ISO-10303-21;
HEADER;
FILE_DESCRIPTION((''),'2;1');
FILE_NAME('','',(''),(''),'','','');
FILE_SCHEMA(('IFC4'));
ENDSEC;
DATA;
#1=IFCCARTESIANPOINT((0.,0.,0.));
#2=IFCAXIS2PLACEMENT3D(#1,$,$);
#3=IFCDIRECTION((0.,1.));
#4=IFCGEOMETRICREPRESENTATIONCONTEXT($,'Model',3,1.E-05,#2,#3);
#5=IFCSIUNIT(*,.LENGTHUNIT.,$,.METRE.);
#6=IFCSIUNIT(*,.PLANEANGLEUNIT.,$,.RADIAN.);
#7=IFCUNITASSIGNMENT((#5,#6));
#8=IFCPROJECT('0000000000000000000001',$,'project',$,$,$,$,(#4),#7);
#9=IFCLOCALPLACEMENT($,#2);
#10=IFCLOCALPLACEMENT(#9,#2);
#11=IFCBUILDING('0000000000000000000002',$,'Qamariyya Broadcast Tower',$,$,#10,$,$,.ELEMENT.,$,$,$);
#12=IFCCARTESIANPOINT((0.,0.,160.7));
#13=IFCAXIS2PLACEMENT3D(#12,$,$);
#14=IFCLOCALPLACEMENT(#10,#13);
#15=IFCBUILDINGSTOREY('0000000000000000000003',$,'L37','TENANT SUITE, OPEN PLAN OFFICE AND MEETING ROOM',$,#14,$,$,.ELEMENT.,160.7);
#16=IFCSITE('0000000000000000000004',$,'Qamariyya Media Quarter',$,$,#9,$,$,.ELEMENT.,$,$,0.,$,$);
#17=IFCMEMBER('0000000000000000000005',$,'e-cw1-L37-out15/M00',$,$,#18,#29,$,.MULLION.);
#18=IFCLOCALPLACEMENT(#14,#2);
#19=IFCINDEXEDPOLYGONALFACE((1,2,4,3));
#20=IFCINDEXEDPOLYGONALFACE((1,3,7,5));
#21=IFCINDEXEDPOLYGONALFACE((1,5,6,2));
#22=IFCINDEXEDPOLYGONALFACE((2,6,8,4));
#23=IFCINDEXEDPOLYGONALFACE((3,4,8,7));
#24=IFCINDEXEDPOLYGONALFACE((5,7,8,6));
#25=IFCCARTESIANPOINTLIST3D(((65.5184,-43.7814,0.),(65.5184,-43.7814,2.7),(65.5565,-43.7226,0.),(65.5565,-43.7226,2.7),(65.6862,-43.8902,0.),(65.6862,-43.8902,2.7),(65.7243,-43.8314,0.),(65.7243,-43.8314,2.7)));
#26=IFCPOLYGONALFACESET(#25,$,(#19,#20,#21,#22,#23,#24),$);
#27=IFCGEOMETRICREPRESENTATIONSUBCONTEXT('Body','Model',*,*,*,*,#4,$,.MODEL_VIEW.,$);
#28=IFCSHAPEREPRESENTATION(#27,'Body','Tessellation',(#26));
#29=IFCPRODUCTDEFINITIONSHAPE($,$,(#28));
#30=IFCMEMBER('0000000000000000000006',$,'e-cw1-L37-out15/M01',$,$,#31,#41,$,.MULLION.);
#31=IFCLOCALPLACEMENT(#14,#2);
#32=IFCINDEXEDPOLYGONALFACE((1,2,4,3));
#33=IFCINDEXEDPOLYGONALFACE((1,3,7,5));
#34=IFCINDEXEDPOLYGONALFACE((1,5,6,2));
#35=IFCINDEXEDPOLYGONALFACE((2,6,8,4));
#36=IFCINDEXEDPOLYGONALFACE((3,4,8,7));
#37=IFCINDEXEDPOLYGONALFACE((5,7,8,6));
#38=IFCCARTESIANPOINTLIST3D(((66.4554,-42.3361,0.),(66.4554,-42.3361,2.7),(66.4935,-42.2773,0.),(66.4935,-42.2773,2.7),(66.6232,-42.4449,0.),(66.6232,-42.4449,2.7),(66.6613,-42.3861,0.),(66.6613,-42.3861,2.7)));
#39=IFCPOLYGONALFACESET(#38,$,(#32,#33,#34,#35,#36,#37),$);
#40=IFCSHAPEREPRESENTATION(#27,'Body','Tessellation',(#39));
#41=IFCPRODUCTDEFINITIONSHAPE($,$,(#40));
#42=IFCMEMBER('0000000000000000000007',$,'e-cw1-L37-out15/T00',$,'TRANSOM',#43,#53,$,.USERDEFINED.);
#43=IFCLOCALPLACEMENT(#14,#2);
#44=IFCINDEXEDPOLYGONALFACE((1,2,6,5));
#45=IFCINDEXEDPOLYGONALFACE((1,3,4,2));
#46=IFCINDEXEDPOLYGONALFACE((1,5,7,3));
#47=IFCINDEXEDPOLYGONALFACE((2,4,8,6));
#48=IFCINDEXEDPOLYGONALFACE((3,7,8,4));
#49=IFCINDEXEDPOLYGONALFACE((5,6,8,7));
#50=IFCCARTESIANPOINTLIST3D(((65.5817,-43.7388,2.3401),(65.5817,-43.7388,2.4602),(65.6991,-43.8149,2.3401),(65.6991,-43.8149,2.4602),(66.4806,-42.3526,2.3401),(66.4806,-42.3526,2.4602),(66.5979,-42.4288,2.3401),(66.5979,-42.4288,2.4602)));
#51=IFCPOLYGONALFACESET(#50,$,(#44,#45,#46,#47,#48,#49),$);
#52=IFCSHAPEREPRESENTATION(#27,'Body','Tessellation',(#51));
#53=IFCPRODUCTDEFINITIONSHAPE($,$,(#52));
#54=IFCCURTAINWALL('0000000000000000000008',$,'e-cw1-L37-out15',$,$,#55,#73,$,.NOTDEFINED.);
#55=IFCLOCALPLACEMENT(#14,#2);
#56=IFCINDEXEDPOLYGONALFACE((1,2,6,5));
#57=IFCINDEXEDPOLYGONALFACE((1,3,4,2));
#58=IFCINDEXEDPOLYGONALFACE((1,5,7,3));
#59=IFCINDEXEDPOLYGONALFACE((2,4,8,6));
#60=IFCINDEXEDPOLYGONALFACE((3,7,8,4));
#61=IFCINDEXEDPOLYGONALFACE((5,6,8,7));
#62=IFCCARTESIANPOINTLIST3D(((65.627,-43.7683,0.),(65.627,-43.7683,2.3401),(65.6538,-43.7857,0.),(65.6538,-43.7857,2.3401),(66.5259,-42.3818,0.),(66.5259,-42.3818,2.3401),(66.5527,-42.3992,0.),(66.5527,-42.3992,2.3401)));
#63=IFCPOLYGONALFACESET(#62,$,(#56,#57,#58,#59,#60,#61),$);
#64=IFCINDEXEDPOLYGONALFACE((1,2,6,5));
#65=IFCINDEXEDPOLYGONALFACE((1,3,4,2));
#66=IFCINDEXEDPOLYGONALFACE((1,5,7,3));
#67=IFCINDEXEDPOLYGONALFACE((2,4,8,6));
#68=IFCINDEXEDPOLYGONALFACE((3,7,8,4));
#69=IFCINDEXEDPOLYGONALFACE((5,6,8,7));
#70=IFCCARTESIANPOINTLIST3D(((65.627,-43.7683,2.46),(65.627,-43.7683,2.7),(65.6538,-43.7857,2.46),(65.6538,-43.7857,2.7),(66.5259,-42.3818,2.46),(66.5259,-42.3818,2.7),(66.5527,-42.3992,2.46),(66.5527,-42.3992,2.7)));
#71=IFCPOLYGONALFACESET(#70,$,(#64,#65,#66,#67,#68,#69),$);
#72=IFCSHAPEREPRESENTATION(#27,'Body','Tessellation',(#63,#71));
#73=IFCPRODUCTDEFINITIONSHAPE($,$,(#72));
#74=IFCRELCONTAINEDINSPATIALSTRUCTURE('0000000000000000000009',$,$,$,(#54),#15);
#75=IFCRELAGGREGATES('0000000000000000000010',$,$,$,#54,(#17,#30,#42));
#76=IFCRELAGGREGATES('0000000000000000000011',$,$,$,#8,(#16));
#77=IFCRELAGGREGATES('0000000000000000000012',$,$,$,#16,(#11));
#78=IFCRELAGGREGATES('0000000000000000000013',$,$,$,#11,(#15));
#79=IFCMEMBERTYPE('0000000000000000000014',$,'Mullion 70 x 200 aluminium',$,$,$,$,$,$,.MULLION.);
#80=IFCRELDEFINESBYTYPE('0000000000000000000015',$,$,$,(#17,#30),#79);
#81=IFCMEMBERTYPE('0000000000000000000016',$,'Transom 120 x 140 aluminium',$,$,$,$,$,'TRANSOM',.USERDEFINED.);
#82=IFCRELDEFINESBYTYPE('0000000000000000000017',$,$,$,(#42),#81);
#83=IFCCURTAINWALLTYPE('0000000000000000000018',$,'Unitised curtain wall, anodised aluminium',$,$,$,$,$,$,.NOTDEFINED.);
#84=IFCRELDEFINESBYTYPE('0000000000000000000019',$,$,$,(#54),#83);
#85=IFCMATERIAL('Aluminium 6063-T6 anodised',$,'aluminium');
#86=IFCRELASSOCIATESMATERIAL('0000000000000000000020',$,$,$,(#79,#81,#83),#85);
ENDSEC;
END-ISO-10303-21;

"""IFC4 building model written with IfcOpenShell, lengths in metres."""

from ifc_helpers import new_model, si_unit, direction, frame, origin, origin_2d, place, context, subcontext, project, spatial, rectangle, extrude, material, material_profile, profile_set, type_object, element, aggregate, save


model = new_model("IFC4")

# Units and contexts
model_context = context("Model", 3, precision=1e-05, world=origin(), true_north=direction((0.0, 1.0)))
body_context = subcontext(model_context, "Body", "Model", "MODEL_VIEW")
ifc_project = project(units=[si_unit("LENGTHUNIT", "METRE"), si_unit("PLANEANGLEUNIT", "RADIAN")], contexts=[model_context])

# Members
ifc_material = material(Name="Aluminium 6063-T6 anodised", Category="aluminium")
ifc_material_profile_1 = material_profile(ifc_material, rectangle(XDim=0.2, YDim=0.0701, at=origin_2d()))
ifc_profile_set_1 = profile_set([ifc_material_profile_1], Name="Aluminium 6063-T6 anodised")
member_type_1 = type_object("IfcMemberType", Name="Mullion 70 x 200 aluminium", PredefinedType="MULLION", material=ifc_profile_set_1)
site_placement = place(None, origin())
building_placement = place(site_placement, origin())
storey_placement = place(building_placement, frame((0.0, 0.0, 160.7)))
member_1_placement = place(storey_placement, frame((65.6213, -43.8064, 0.0), z_axis=(0.0, 0.0, 1.0), x_axis=(-0.839047, 0.54406, 0.0)))
member_1 = element("IfcMember", 1, at=member_1_placement, type_object=member_type_1, Name="e-cw1-L37-out15/M00", PredefinedType="MULLION", context=body_context, shape_type="SweptSolid", body=[
    extrude(rectangle(XDim=0.2, YDim=0.0701, at=origin_2d()), origin(), (0.0, 0.0, 1.0), 2.7),
])
member_2_placement = place(storey_placement, frame((66.5583, -42.3611, 0.0), z_axis=(0.0, 0.0, 1.0), x_axis=(-0.839047, 0.54406, 0.0)))
member_2 = element("IfcMember", 2, at=member_2_placement, type_object=member_type_1, Name="e-cw1-L37-out15/M01", PredefinedType="MULLION", context=body_context, shape_type="SweptSolid", body=[
    extrude(rectangle(XDim=0.2, YDim=0.0701, at=origin_2d()), origin(), (0.0, 0.0, 1.0), 2.7),
])
ifc_material_profile_2 = material_profile(ifc_material, rectangle(XDim=0.1399, YDim=0.1201, at=origin_2d()))
ifc_profile_set_2 = profile_set([ifc_material_profile_2], Name="Aluminium 6063-T6 anodised")
member_type_2 = type_object("IfcMemberType", Name="Transom 120 x 140 aluminium", ElementType="TRANSOM", PredefinedType="USERDEFINED", material=ifc_profile_set_2)
member_3_placement = place(storey_placement, frame((65.6404, -43.7769, 2.4001), z_axis=(0.544084, 0.839031, 0.0), x_axis=(-0.839031, 0.544084, 0.0)))
member_3 = element("IfcMember", 3, at=member_3_placement, type_object=member_type_2, Name="e-cw1-L37-out15/T00", ObjectType="TRANSOM", PredefinedType="USERDEFINED", context=body_context, shape_type="SweptSolid", body=[
    extrude(rectangle(XDim=0.1399, YDim=0.1201, at=origin_2d()), origin(), (0.0, 0.0, 1.0), 1.6521),
])

# Site, building, storey
site = spatial("IfcSite", under=ifc_project, at=site_placement, Name="Qamariyya Media Quarter", CompositionType="ELEMENT", RefElevation=0.0)
building = spatial("IfcBuilding", under=site, at=building_placement, Name="Qamariyya Broadcast Tower", CompositionType="ELEMENT")
storey = spatial("IfcBuildingStorey", under=building, at=storey_placement, Name="L37", Description="TENANT SUITE, OPEN PLAN OFFICE AND MEETING ROOM", CompositionType="ELEMENT", Elevation=160.7)

# Curtain wall
curtain_wall_type = type_object("IfcCurtainWallType", Name="Unitised curtain wall, anodised aluminium", PredefinedType="NOTDEFINED", material=ifc_material)
curtain_wall_1_placement = place(storey_placement, origin())
curtain_wall_1 = element("IfcCurtainWall", 4, at=curtain_wall_1_placement, inside=storey, type_object=curtain_wall_type, Name="e-cw1-L37-out15", PredefinedType="NOTDEFINED", context=body_context, shape_type="SweptSolid", body=[
    extrude(rectangle(XDim=1.6523, YDim=0.032, at=origin_2d()), frame((66.0898, -43.0837, 0.0), x_axis=(0.54403, 0.839065, 0.0)), (0.0, 0.0, 1.0), 2.3401),
    extrude(rectangle(XDim=1.6523, YDim=0.032, at=origin_2d()), frame((66.0898, -43.0837, 2.46), x_axis=(0.54403, 0.839065, 0.0)), (0.0, 0.0, 1.0), 0.24),
])
aggregate(curtain_wall_1, [member_1, member_2, member_3])

save(model, "model.ifc")
